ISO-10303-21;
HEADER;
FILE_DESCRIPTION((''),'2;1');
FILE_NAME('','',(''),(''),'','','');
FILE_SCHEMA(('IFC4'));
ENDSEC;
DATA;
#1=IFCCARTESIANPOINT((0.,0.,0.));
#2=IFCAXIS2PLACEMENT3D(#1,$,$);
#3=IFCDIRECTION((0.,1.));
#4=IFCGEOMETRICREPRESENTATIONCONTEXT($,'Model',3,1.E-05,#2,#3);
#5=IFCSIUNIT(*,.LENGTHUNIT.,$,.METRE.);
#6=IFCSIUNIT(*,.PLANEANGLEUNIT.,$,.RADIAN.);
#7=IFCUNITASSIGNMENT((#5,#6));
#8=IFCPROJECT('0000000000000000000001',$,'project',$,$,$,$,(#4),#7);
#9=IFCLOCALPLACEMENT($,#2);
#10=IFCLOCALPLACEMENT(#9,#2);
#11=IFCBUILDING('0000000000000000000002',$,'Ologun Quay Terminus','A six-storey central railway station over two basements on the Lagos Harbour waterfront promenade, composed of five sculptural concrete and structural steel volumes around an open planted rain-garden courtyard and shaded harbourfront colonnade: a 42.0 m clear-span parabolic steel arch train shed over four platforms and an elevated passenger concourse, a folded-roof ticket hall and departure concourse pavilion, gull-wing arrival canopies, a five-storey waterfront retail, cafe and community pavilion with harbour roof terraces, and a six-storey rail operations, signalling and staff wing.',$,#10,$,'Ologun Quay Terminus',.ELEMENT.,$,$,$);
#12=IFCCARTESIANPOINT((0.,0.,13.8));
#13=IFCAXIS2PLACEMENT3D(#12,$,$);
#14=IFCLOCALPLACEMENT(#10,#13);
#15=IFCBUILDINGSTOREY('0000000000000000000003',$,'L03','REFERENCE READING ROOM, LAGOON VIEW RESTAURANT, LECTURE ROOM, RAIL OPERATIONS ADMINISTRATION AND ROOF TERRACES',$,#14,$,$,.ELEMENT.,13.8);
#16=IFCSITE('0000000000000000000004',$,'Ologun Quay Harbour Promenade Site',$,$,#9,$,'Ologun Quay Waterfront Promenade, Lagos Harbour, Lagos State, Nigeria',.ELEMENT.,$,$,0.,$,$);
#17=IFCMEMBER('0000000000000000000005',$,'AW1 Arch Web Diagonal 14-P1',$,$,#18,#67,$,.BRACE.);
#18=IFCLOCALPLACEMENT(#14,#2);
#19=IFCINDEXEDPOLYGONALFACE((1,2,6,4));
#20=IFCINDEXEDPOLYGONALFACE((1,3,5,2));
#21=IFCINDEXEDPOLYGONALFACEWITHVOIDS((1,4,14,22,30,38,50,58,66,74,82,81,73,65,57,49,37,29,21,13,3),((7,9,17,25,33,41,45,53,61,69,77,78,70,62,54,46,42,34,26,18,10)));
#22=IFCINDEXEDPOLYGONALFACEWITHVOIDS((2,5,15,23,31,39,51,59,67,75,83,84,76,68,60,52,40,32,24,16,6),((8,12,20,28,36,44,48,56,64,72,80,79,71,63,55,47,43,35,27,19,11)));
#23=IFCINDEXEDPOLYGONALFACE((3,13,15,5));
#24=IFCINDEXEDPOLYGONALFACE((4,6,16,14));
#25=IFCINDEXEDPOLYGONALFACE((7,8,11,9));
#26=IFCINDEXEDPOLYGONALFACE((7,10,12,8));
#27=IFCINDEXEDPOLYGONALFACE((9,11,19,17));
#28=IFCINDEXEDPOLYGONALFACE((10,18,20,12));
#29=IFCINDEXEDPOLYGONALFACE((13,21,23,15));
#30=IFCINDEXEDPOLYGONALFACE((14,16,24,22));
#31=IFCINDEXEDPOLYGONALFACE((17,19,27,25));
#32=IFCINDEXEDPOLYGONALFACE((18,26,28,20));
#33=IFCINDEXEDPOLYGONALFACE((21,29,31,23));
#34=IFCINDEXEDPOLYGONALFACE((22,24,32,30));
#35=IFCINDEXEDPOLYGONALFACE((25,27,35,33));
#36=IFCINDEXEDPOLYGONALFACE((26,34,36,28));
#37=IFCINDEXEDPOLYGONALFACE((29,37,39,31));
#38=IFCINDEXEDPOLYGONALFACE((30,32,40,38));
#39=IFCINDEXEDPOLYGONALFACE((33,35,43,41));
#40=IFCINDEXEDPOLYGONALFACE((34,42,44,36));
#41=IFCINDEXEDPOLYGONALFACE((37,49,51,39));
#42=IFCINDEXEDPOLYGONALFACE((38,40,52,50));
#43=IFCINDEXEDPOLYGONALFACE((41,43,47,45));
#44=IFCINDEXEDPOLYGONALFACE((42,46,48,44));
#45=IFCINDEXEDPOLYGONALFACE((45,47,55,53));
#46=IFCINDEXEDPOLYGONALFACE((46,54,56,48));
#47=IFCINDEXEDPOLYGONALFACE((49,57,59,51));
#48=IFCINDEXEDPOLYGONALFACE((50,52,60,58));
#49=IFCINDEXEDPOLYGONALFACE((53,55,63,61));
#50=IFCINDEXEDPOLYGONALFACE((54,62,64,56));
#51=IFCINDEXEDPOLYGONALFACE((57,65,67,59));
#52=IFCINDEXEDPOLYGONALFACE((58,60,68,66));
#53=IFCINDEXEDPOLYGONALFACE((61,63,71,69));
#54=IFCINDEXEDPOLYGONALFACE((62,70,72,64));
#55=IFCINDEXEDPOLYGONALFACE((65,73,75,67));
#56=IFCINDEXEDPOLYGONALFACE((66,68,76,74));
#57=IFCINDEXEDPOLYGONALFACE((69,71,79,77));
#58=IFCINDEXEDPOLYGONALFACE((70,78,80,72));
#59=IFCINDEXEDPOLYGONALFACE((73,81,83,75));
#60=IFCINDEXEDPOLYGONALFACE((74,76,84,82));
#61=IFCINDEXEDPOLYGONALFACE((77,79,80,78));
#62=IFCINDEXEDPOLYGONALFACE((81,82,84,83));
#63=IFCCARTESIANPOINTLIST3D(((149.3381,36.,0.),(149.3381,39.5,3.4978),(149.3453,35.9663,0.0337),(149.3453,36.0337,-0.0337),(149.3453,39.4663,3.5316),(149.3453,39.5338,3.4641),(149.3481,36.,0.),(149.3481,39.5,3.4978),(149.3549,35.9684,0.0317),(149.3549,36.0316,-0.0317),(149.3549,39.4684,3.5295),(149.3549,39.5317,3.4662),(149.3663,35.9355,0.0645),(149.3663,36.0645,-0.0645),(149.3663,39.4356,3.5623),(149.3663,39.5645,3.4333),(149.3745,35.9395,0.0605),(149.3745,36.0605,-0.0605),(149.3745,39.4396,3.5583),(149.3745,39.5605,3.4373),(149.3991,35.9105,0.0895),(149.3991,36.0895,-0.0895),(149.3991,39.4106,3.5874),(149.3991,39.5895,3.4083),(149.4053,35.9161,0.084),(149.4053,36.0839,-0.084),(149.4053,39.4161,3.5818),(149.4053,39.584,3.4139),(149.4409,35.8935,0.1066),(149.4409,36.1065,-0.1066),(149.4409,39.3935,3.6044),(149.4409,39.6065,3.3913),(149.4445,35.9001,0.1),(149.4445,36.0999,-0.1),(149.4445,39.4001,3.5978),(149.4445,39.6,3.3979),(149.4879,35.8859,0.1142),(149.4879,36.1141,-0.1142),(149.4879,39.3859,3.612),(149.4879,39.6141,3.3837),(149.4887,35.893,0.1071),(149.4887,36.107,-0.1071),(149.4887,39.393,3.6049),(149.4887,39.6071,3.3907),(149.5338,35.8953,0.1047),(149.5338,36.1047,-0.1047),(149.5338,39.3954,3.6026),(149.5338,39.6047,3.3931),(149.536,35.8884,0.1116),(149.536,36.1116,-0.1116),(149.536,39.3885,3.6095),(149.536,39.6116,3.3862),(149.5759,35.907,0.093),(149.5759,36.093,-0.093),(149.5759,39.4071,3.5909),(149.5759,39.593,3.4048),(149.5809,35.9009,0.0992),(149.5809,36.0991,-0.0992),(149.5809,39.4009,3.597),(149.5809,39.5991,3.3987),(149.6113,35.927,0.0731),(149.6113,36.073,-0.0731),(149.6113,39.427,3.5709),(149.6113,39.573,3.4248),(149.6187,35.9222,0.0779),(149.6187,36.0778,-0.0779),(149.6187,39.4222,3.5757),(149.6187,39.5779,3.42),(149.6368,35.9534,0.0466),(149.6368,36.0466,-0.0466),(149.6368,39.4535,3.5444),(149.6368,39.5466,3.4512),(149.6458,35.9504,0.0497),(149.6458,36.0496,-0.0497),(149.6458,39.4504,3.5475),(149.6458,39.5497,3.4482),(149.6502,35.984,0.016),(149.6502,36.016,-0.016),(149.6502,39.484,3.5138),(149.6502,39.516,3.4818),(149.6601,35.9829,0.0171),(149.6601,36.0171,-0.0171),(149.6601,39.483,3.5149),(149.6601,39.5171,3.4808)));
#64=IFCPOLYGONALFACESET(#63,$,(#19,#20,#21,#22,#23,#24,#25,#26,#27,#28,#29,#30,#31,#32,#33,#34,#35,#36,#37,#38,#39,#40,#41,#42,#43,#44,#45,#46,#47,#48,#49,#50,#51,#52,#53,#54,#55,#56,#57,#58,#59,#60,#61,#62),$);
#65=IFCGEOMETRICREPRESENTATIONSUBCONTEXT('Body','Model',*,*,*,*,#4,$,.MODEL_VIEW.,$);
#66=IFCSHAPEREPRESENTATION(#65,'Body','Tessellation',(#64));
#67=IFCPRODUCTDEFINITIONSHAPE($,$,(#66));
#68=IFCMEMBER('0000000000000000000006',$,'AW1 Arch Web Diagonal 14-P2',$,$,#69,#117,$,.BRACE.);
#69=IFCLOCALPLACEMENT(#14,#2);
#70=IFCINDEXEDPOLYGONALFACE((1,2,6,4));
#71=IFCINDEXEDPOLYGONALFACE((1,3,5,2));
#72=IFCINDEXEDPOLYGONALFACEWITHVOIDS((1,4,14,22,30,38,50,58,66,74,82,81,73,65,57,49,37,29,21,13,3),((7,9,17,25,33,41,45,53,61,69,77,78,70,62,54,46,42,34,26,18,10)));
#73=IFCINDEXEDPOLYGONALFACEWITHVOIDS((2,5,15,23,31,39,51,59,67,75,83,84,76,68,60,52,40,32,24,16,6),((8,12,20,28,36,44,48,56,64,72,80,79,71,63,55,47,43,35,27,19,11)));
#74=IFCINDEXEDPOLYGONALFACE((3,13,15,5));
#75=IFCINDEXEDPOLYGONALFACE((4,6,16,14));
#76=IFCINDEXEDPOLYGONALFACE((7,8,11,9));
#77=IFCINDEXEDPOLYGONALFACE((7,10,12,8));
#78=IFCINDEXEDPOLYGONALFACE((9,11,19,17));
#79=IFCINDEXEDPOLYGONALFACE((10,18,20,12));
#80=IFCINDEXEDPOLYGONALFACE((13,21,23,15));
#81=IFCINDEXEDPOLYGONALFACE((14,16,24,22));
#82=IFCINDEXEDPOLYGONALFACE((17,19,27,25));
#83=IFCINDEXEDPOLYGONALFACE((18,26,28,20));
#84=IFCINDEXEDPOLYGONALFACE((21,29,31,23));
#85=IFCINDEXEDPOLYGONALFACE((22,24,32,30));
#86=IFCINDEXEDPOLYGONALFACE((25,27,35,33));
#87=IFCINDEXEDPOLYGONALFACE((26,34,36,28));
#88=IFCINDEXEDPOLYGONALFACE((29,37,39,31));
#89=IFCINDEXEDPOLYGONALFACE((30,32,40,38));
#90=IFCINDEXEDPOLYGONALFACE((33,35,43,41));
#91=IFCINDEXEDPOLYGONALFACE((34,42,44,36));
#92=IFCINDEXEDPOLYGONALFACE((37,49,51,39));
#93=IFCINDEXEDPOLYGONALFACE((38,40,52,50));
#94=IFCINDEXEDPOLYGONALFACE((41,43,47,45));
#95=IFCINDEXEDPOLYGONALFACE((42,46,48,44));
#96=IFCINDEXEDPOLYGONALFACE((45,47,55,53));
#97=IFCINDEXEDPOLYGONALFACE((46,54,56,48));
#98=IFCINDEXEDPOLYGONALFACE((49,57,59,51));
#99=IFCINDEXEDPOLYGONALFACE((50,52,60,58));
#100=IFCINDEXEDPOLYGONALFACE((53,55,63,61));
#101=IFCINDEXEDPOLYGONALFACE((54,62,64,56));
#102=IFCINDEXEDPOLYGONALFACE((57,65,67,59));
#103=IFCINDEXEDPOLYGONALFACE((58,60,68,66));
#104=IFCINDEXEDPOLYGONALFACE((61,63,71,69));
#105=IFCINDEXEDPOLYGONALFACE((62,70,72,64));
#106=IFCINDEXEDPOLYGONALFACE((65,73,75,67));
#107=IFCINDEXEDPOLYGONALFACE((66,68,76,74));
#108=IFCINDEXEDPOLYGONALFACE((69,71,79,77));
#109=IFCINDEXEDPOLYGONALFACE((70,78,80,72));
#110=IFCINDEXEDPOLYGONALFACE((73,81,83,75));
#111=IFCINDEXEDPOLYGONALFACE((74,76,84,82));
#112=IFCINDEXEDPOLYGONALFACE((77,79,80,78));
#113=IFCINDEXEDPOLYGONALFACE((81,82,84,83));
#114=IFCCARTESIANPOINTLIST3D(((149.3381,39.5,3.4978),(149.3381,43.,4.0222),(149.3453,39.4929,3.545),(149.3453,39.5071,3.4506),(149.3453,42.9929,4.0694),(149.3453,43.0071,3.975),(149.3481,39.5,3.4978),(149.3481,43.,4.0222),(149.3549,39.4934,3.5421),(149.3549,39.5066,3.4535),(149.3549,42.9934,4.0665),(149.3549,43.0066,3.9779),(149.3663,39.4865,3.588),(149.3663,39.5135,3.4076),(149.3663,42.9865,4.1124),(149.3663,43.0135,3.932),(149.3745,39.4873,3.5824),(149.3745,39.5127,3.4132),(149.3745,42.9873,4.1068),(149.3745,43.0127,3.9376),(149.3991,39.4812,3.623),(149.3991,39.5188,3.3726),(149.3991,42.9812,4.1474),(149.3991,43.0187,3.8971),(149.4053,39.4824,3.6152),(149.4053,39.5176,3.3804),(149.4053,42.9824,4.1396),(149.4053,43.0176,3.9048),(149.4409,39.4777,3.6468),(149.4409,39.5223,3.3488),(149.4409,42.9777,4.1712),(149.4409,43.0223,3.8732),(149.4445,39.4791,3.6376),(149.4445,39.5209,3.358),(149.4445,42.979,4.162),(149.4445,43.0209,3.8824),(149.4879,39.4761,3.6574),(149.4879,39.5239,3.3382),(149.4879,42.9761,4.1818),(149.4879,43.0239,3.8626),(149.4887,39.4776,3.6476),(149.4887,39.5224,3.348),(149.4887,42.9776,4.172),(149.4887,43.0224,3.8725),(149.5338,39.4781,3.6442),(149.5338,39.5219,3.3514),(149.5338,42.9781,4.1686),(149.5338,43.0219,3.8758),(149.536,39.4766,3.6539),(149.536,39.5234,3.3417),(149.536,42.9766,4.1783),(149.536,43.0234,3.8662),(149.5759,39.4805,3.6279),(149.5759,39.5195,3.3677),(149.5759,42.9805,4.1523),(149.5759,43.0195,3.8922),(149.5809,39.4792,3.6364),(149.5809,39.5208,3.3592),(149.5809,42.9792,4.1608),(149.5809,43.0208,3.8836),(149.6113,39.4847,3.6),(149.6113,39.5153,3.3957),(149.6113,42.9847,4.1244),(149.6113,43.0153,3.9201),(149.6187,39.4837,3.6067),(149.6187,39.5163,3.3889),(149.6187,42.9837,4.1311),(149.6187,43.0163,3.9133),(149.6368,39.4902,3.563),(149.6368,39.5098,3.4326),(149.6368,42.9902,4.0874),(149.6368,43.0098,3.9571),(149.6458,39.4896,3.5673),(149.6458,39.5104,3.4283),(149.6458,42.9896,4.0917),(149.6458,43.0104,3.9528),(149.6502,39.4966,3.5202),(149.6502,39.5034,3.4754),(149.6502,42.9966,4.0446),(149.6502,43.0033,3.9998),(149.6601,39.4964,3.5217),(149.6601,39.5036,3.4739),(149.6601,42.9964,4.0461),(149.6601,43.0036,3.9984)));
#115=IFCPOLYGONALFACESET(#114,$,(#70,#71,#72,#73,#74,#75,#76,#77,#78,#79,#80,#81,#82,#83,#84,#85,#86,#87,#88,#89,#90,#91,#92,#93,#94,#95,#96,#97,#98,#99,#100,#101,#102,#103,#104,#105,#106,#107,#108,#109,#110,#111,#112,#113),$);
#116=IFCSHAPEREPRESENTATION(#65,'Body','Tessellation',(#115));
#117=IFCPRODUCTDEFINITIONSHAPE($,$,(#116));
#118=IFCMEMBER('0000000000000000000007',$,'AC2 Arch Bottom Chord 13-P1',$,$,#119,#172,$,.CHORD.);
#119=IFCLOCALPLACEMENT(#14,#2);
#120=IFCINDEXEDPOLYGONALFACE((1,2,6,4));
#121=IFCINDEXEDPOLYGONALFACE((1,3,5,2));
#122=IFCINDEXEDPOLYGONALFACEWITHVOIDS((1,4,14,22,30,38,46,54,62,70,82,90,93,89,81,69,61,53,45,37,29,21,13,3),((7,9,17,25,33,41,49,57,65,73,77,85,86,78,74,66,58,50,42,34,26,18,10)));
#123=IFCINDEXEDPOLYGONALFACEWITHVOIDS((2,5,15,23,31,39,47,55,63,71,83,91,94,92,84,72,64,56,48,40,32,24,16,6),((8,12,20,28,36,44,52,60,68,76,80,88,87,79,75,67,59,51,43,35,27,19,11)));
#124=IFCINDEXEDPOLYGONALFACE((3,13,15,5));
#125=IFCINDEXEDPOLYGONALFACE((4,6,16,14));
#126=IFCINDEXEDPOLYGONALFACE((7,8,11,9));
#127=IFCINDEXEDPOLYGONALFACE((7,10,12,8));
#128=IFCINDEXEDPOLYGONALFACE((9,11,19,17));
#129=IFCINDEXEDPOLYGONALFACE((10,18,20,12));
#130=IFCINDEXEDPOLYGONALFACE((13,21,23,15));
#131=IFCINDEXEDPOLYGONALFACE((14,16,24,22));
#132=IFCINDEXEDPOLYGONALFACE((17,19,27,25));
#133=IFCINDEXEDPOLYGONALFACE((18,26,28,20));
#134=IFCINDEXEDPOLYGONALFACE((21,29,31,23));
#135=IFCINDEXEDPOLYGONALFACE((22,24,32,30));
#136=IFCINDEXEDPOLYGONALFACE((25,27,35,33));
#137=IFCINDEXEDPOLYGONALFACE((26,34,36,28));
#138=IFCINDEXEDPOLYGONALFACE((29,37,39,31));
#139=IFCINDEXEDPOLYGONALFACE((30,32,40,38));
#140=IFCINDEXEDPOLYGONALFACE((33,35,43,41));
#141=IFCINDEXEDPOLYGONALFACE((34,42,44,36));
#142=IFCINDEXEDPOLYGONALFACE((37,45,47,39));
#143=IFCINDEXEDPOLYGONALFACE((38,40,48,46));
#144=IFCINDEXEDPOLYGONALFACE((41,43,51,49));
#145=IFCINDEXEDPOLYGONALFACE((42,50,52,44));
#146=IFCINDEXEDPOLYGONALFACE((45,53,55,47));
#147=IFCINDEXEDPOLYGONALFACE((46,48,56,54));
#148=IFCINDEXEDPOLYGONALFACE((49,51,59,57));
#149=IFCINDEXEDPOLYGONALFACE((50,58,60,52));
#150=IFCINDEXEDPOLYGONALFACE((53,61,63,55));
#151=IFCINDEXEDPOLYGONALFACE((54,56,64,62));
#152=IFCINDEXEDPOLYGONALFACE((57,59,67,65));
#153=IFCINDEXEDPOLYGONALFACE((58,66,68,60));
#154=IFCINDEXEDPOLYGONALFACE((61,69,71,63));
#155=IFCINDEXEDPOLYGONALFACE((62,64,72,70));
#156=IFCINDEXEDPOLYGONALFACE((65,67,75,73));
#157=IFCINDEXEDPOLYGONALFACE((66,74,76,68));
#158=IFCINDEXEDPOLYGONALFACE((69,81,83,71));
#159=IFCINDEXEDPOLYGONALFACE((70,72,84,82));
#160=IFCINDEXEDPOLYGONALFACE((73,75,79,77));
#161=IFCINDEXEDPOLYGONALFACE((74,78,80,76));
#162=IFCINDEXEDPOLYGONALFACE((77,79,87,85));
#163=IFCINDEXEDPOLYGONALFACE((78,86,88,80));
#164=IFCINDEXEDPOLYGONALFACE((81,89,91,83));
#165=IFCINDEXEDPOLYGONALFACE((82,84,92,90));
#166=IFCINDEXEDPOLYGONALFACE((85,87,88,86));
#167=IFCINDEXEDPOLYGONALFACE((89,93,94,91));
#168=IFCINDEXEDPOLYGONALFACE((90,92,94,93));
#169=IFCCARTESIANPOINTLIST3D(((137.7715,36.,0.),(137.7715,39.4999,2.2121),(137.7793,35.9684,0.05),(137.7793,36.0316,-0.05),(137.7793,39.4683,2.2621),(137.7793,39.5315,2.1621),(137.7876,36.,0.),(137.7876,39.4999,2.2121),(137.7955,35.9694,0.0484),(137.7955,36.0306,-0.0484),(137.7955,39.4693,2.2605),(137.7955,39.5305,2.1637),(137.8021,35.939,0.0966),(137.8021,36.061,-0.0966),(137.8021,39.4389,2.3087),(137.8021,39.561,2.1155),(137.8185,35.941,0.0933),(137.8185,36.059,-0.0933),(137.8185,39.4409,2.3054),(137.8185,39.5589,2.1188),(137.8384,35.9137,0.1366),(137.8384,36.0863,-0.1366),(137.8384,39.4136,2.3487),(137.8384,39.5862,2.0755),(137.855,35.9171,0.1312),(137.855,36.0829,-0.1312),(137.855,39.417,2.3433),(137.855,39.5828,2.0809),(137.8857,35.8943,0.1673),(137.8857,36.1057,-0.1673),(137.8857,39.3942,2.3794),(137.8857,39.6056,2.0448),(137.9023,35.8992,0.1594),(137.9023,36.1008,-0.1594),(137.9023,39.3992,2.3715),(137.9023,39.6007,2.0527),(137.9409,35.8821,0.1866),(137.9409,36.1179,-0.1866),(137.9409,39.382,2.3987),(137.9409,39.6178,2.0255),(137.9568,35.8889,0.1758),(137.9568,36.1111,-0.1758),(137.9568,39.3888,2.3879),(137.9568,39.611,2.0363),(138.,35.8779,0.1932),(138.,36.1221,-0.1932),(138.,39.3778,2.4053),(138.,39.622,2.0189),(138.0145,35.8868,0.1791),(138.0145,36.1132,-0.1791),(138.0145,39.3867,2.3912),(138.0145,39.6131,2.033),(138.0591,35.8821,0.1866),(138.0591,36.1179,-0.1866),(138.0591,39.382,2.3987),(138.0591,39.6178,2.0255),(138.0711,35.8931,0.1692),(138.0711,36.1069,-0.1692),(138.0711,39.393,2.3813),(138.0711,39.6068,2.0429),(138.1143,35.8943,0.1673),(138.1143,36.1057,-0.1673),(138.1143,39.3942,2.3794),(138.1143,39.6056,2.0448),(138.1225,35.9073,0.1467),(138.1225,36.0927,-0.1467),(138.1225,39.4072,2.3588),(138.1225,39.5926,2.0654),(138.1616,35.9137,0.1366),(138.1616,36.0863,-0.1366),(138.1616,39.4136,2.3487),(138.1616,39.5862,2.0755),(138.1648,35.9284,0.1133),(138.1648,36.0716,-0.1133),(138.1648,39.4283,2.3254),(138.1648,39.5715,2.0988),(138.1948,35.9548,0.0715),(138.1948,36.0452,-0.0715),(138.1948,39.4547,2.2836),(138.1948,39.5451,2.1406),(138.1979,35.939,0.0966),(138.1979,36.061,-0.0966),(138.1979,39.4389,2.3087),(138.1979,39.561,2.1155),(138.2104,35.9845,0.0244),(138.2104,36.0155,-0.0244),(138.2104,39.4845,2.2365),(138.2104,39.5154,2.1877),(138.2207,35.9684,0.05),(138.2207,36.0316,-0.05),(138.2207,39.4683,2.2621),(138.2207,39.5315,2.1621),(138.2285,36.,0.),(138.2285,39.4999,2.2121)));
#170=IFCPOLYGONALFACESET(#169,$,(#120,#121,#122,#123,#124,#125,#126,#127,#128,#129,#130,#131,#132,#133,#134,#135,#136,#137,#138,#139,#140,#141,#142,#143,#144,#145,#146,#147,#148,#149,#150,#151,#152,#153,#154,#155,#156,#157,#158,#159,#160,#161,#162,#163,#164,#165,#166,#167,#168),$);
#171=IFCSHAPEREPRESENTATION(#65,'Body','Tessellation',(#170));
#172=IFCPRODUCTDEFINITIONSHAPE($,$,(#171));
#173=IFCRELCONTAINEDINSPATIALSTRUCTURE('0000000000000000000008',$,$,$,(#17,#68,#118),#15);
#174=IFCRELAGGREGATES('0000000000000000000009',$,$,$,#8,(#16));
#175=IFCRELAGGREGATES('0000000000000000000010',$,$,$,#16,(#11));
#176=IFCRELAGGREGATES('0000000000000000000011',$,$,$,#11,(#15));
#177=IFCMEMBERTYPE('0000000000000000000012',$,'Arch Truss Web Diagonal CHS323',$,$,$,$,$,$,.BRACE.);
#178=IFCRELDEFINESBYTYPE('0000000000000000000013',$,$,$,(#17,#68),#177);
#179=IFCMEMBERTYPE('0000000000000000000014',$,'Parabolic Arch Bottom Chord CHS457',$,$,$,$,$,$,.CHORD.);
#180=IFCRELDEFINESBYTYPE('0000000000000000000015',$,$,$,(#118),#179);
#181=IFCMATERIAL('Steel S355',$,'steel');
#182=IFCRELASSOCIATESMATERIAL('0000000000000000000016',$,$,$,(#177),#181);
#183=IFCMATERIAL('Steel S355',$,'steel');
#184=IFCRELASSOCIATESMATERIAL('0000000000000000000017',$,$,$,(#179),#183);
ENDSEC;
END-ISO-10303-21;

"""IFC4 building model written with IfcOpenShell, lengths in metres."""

from ifc_helpers import new_model, si_unit, direction, frame, origin, origin_2d, place, context, subcontext, project, spatial, hollow_circle, extrude, material, material_profile, profile_set, type_object, element, save


model = new_model("IFC4")

# Units and contexts
model_context = context("Model", 3, precision=1e-05, world=origin(), true_north=direction((0.0, 1.0)))
body_context = subcontext(model_context, "Body", "Model", "MODEL_VIEW")
ifc_project = project(units=[si_unit("LENGTHUNIT", "METRE"), si_unit("PLANEANGLEUNIT", "RADIAN")], contexts=[model_context])

# Site, building, storey
site_placement = place(None, origin())
site = spatial("IfcSite", under=ifc_project, at=site_placement, Name="Ologun Quay Harbour Promenade Site", LongName="Ologun Quay Waterfront Promenade, Lagos Harbour, Lagos State, Nigeria", CompositionType="ELEMENT", RefElevation=0.0)
building_placement = place(site_placement, origin())
building = spatial("IfcBuilding", under=site, at=building_placement, Name="Ologun Quay Terminus", Description="A six-storey central railway station over two basements on the Lagos Harbour waterfront promenade, composed of five sculptural concrete and structural steel volumes around an open planted rain-garden courtyard and shaded harbourfront colonnade: a 42.0 m clear-span parabolic steel arch train shed over four platforms and an elevated passenger concourse, a folded-roof ticket hall and departure concourse pavilion, gull-wing arrival canopies, a five-storey waterfront retail, cafe and community pavilion with harbour roof terraces, and a six-storey rail operations, signalling and staff wing.", LongName="Ologun Quay Terminus", CompositionType="ELEMENT")
storey_placement = place(building_placement, frame((0.0, 0.0, 13.8)))
storey = spatial("IfcBuildingStorey", under=building, at=storey_placement, Name="L03", Description="REFERENCE READING ROOM, LAGOON VIEW RESTAURANT, LECTURE ROOM, RAIL OPERATIONS ADMINISTRATION AND ROOF TERRACES", CompositionType="ELEMENT", Elevation=13.8)

# Members
ifc_material_1 = material(Name="Steel S355", Category="steel")
ifc_material_profile_1 = material_profile(ifc_material_1, hollow_circle(Radius=0.1619, WallThickness=0.01, at=origin_2d()), Name="CHS 323.9x10")
ifc_profile_set_1 = profile_set([ifc_material_profile_1], Name="Steel S355")
member_type_1 = type_object("IfcMemberType", Name="Arch Truss Web Diagonal CHS323", PredefinedType="BRACE", material=ifc_profile_set_1)
member_1_placement = place(storey_placement, frame((149.5, 36.0, 0.0), z_axis=(0.0, 0.707329, 0.706885), x_axis=(-1.0, 0.0, 0.0)))
element("IfcMember", 1, at=member_1_placement, inside=storey, type_object=member_type_1, Name="AW1 Arch Web Diagonal 14-P1", PredefinedType="BRACE", context=body_context, shape_type="SweptSolid", body=[
    extrude(hollow_circle(Radius=0.1619, WallThickness=0.01, at=origin_2d()), origin(), (0.0, 0.0, 1.0), 4.9482),
])
member_2_placement = place(storey_placement, frame((149.5, 39.5, 3.4978), z_axis=(0.0, 0.988961, 0.148179), x_axis=(-1.0, 0.0, 0.0)))
element("IfcMember", 2, at=member_2_placement, inside=storey, type_object=member_type_1, Name="AW1 Arch Web Diagonal 14-P2", PredefinedType="BRACE", context=body_context, shape_type="SweptSolid", body=[
    extrude(hollow_circle(Radius=0.1619, WallThickness=0.01, at=origin_2d()), origin(), (0.0, 0.0, 1.0), 3.5391),
])
ifc_material_2 = material(Name="Steel S355", Category="steel")
ifc_material_profile_2 = material_profile(ifc_material_2, hollow_circle(Radius=0.2285, WallThickness=0.0161, at=origin_2d()), Name="CHS 457x16")
ifc_profile_set_2 = profile_set([ifc_material_profile_2], Name="Steel S355")
member_type_2 = type_object("IfcMemberType", Name="Parabolic Arch Bottom Chord CHS457", PredefinedType="CHORD", material=ifc_profile_set_2)
member_3_placement = place(storey_placement, frame((138.0, 36.0, 0.0), z_axis=(0.0, 0.845311, 0.534275), x_axis=(-1.0, 0.0, 0.0)))
element("IfcMember", 3, at=member_3_placement, inside=storey, type_object=member_type_2, Name="AC2 Arch Bottom Chord 13-P1", PredefinedType="CHORD", context=body_context, shape_type="SweptSolid", body=[
    extrude(hollow_circle(Radius=0.2285, WallThickness=0.0161, at=origin_2d()), origin(), (0.0, 0.0, 1.0), 4.1404),
])

save(model, "model.ifc")
